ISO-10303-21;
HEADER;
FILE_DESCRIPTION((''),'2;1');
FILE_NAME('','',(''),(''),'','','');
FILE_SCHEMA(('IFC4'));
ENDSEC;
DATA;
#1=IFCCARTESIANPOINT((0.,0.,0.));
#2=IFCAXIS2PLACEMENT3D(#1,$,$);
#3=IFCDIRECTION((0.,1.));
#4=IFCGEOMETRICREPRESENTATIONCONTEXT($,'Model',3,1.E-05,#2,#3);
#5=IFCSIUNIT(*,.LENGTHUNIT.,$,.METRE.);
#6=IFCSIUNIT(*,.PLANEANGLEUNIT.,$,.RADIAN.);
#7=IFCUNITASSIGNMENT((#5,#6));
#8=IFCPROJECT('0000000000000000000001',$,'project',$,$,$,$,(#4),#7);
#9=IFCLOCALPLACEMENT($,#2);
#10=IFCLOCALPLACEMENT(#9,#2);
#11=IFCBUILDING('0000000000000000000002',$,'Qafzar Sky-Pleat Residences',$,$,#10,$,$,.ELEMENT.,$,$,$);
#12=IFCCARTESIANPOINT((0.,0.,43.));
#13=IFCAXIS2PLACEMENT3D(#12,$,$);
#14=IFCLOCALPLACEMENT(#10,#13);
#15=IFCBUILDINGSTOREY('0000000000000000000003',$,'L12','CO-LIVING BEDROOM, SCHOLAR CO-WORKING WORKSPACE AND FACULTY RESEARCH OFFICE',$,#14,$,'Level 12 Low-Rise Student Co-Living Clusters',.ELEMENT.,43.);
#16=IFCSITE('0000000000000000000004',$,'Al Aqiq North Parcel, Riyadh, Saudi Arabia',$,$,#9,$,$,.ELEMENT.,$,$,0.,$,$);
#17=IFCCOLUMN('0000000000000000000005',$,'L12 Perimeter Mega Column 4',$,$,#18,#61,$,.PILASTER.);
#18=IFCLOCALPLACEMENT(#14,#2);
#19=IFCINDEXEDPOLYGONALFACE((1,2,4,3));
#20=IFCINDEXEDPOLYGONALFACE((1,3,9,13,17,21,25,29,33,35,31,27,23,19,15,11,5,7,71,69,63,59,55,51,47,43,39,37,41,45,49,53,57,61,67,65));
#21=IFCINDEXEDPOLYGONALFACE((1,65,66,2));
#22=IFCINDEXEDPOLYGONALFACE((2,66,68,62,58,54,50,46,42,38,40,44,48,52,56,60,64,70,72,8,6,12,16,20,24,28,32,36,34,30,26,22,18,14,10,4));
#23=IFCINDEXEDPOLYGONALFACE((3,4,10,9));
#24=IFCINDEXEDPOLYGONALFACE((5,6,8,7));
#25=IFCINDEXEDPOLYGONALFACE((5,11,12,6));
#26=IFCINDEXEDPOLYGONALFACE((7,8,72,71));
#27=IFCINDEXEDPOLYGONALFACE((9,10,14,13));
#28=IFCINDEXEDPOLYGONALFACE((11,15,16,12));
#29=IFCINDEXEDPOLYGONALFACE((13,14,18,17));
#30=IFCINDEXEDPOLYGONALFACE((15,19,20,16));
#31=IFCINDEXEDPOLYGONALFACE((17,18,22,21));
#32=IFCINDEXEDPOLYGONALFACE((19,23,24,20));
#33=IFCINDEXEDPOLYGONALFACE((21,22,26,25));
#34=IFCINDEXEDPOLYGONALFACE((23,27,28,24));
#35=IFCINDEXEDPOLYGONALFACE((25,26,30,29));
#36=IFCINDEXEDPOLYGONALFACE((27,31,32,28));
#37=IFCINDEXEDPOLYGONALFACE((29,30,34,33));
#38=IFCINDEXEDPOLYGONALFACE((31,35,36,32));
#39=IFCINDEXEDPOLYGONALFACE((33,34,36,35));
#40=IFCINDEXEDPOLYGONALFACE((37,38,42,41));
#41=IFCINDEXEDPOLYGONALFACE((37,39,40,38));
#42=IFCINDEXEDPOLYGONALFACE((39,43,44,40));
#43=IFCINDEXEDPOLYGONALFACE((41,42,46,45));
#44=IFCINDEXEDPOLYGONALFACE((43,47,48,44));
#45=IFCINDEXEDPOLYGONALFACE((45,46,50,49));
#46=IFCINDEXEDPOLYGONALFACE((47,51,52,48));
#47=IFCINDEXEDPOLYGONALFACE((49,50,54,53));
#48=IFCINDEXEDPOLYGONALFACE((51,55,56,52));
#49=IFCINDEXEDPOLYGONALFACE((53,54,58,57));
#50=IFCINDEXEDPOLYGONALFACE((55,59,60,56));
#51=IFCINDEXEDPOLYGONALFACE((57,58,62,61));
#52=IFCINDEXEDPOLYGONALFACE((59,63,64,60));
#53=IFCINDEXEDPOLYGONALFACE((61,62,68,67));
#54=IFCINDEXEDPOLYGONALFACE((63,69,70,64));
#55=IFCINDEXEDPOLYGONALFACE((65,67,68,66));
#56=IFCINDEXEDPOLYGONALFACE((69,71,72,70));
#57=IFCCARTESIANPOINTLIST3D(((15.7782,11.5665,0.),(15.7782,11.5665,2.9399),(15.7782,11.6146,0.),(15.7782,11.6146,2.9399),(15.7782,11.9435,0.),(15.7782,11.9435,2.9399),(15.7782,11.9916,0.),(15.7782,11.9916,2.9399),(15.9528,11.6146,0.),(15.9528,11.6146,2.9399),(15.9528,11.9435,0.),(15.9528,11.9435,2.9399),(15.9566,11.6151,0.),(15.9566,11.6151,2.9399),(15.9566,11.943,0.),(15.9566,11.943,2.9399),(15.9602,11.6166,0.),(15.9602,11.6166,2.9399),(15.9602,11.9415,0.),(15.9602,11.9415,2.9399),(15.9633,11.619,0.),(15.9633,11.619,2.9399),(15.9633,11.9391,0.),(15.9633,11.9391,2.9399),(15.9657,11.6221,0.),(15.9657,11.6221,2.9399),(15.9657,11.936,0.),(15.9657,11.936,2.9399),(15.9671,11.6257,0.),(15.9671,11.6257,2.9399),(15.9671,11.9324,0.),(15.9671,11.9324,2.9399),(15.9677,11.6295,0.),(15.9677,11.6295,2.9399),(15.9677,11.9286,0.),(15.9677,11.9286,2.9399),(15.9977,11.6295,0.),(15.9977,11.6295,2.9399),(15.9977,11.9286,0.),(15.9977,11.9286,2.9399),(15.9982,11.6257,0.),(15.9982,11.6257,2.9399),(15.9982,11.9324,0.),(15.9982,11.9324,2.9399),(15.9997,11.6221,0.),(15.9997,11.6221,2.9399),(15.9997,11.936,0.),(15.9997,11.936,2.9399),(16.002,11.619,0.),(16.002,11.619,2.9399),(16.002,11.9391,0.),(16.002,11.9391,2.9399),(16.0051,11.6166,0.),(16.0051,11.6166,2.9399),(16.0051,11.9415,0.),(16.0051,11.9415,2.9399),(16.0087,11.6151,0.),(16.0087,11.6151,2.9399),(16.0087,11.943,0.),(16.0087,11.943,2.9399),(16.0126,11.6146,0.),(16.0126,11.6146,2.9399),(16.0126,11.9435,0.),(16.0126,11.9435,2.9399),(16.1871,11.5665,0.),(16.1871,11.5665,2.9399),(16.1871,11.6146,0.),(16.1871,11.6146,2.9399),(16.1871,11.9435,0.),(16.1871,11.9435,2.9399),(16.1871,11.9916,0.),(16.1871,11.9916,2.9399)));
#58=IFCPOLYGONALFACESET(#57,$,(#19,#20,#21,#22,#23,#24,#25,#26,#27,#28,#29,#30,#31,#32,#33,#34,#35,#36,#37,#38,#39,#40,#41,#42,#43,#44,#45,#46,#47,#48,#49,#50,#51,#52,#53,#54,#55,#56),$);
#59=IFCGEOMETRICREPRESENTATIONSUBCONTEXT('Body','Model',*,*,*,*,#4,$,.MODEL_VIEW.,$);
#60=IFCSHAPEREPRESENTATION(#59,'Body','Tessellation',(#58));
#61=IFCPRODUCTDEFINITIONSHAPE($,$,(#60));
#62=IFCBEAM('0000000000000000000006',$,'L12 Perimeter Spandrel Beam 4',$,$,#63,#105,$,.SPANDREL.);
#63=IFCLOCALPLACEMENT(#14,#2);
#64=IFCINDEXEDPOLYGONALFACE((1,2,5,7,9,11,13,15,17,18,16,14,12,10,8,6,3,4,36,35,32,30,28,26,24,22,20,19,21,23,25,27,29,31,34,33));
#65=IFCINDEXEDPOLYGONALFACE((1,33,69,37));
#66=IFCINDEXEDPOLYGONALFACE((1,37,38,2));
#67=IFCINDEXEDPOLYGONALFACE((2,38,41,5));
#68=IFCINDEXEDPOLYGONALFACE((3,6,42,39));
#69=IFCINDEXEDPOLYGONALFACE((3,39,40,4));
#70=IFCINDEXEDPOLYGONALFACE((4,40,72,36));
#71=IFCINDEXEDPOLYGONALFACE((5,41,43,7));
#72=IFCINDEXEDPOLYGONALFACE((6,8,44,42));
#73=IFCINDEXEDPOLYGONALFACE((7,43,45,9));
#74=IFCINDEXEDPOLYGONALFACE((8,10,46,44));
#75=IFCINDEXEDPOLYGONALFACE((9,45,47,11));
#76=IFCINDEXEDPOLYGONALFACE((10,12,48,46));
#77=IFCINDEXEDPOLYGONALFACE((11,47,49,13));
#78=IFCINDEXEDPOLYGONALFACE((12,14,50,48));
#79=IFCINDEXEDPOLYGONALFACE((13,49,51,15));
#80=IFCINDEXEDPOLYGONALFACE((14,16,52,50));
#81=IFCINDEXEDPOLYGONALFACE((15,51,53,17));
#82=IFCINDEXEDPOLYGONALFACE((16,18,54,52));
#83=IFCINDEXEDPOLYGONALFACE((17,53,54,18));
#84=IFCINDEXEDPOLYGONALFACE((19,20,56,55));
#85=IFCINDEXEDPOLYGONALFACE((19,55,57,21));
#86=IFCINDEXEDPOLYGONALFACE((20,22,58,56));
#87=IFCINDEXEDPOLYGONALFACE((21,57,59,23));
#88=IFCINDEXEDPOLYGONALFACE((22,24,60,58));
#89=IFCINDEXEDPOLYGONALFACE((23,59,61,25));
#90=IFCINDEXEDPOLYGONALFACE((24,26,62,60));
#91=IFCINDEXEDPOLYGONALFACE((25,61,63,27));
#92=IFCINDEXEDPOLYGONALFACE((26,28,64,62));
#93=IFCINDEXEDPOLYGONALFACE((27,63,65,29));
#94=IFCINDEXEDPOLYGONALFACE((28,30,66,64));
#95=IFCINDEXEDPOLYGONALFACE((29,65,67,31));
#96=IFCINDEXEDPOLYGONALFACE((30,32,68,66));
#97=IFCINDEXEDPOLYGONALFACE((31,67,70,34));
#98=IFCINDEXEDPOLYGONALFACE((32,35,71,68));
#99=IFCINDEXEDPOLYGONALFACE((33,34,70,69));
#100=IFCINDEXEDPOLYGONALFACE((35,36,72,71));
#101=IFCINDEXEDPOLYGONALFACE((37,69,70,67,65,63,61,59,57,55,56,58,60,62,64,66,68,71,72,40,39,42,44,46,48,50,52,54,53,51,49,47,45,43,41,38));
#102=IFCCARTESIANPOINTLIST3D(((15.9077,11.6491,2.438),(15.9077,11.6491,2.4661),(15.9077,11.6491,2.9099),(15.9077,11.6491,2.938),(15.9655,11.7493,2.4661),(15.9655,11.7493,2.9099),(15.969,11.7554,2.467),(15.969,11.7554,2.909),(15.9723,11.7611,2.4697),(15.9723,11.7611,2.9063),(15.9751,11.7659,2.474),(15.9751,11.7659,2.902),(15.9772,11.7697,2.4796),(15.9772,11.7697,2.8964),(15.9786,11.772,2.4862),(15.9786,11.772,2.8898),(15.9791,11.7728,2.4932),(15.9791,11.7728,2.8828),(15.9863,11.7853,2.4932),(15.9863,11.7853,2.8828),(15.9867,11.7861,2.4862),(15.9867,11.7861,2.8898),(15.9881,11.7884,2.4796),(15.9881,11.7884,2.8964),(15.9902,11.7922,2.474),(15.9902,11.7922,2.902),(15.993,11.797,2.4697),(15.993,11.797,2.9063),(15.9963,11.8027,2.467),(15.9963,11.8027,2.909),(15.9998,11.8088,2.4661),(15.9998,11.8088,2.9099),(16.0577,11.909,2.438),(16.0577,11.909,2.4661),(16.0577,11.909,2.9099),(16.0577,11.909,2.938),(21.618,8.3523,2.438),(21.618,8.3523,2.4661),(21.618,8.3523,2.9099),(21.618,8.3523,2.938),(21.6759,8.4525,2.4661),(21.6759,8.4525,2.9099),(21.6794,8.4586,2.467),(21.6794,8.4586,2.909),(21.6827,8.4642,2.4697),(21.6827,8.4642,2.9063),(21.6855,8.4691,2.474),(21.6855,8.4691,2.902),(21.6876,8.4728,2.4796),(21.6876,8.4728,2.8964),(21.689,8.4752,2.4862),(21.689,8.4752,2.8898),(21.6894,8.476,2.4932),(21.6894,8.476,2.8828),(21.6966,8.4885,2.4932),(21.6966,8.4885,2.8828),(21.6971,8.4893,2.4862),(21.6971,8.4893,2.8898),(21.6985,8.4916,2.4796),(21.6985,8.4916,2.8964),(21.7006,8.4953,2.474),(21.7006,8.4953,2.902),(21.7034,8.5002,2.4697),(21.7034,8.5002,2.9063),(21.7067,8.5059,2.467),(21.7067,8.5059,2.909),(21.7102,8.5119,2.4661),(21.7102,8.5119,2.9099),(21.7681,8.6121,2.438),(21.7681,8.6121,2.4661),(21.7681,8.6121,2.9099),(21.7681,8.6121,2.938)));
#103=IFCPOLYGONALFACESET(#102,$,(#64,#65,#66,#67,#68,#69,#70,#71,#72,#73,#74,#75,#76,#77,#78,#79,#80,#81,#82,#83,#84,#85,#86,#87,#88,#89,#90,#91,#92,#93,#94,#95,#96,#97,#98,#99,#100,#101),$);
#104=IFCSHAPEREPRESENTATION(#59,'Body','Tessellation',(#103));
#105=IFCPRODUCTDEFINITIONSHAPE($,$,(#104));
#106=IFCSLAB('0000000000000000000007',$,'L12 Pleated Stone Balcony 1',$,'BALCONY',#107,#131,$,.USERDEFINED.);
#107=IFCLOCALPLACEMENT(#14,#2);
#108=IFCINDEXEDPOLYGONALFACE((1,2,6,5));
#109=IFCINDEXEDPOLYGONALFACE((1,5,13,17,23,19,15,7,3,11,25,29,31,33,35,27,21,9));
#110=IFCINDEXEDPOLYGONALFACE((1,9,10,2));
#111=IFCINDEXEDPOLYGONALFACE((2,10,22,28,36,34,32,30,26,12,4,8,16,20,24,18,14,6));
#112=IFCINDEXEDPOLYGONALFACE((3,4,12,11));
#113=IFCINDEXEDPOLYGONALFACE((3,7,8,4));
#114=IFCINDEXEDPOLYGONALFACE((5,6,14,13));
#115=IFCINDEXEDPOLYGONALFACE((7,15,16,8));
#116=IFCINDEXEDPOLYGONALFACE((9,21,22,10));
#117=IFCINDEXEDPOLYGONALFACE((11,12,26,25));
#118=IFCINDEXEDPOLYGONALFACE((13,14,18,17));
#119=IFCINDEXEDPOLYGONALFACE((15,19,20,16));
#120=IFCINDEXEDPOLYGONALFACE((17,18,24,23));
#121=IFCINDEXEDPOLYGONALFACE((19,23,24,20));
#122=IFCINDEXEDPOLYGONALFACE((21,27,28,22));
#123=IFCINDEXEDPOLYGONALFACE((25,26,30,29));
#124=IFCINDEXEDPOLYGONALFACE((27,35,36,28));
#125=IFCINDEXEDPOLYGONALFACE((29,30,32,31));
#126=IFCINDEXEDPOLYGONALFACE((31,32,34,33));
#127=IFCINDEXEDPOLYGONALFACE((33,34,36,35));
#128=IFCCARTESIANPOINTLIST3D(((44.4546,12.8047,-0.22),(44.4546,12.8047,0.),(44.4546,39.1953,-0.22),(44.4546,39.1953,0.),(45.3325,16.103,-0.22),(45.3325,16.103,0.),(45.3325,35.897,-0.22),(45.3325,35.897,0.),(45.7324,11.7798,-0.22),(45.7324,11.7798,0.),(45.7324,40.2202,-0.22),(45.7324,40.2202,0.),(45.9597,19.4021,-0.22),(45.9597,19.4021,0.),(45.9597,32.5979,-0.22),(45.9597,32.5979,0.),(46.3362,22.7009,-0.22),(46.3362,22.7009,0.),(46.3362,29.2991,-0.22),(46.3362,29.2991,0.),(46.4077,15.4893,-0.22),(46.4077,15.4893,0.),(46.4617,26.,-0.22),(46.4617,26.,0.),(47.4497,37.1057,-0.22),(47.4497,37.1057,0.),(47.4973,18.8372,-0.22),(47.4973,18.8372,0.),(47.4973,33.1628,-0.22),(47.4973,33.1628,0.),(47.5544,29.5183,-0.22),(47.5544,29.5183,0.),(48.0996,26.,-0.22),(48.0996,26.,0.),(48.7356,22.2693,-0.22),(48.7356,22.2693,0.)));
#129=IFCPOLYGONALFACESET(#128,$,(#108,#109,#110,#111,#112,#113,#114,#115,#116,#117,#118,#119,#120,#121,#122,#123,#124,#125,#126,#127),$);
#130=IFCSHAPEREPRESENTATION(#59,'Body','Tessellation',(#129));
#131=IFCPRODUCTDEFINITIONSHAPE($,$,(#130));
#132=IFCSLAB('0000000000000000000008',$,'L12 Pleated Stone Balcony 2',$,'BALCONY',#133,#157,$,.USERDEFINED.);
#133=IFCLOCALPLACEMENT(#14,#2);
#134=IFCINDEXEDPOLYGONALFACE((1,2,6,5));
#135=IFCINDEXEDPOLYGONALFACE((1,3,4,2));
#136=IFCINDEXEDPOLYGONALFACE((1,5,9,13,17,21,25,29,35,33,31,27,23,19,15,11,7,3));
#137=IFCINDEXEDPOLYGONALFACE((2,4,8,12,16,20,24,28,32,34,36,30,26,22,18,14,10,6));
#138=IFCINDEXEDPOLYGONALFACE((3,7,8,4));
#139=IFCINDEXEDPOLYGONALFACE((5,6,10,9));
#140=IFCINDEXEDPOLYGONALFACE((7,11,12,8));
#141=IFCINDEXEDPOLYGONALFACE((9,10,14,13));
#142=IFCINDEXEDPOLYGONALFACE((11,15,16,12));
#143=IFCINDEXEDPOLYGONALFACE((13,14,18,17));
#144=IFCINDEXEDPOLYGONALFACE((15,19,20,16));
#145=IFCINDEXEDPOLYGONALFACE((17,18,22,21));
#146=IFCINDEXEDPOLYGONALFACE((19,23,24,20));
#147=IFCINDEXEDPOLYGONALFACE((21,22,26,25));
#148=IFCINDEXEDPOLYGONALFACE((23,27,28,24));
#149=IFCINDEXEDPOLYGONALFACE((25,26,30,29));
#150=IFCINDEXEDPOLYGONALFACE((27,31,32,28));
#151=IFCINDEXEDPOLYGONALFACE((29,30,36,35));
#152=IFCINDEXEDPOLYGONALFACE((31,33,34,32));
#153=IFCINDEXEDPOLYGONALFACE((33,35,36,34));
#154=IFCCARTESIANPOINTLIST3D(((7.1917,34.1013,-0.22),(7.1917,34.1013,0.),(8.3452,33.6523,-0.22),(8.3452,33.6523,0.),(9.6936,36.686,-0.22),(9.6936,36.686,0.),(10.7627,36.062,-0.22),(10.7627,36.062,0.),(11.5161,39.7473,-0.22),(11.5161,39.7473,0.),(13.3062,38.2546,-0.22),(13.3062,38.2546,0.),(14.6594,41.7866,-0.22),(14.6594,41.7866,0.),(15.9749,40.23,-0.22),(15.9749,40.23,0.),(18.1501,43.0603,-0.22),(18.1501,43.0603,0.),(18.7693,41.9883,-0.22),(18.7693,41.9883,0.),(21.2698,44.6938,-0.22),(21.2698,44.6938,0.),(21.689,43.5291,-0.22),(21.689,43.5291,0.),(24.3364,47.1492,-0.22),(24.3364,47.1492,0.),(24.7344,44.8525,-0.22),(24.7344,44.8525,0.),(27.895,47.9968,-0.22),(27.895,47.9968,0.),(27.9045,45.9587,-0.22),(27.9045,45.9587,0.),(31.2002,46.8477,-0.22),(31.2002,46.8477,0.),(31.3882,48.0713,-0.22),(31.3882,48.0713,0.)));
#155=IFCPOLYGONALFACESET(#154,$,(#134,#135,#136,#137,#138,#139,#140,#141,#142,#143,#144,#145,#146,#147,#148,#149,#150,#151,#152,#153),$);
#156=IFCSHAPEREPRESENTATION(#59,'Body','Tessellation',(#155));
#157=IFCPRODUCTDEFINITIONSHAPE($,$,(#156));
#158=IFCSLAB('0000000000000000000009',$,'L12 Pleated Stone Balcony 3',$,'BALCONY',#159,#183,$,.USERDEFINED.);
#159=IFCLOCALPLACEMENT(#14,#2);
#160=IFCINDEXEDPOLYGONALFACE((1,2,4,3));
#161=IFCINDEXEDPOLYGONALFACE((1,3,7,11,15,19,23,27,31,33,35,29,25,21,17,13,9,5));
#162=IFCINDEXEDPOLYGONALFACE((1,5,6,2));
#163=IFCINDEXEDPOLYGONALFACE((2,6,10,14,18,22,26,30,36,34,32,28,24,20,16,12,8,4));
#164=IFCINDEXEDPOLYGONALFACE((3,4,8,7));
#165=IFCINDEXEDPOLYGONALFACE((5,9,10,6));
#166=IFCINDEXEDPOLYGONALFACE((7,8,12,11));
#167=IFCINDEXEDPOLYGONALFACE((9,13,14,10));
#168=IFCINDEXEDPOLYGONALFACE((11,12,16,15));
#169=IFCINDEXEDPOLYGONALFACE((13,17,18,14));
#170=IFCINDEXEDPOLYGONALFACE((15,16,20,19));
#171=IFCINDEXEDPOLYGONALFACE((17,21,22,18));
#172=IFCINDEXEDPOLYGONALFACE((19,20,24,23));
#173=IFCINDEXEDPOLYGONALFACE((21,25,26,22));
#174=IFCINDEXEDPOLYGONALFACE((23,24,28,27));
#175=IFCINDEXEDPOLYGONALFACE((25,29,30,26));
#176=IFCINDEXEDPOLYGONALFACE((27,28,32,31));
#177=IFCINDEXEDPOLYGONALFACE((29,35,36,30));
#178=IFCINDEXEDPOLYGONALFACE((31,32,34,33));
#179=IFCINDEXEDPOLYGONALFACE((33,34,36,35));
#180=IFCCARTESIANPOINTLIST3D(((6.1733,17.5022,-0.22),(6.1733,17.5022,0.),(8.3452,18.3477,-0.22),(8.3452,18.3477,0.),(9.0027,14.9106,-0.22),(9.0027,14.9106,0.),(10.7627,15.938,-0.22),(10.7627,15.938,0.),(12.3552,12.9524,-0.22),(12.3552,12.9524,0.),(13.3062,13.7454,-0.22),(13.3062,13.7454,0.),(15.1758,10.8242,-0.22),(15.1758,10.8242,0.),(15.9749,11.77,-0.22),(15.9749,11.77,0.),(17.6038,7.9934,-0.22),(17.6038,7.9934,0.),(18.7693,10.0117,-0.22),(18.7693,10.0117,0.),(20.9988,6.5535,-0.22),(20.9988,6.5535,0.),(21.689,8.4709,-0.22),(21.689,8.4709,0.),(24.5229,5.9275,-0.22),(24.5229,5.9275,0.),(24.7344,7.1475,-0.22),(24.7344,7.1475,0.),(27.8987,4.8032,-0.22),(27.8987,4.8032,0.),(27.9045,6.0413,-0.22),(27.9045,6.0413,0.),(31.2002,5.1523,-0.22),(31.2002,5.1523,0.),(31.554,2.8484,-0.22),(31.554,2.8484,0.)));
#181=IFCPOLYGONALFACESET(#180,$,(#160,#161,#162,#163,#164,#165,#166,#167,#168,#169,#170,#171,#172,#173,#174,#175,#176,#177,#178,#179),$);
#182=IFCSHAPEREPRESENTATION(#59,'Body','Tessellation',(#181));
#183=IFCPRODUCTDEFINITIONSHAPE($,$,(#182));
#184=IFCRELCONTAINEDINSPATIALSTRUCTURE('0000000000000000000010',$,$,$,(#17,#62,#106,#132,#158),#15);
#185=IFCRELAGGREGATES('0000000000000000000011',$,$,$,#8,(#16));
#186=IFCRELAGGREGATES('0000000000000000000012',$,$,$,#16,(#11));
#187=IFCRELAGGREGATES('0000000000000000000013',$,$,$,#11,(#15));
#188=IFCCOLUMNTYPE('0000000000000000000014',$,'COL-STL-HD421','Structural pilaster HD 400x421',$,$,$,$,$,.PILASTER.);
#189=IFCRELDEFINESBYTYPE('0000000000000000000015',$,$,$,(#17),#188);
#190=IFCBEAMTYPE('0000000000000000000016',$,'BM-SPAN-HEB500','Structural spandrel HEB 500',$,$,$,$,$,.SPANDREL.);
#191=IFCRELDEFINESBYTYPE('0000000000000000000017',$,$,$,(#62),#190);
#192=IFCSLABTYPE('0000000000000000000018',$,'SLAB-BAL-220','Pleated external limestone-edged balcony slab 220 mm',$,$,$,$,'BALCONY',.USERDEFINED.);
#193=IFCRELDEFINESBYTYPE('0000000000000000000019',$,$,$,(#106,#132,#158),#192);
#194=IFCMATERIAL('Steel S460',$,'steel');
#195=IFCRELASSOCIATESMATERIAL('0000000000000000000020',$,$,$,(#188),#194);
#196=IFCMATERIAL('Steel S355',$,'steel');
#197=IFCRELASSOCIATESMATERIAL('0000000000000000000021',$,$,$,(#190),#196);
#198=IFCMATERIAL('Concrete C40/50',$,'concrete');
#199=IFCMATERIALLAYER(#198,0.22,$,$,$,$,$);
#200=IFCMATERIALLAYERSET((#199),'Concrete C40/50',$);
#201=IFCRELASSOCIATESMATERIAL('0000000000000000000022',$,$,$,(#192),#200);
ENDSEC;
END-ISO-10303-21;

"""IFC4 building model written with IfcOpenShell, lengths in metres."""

from ifc_helpers import new_model, si_unit, direction, frame, origin, origin_2d, place, context, subcontext, project, spatial, polyline, i_section, outline, extrude, source, transform, mapped, material, layer, layer_set, material_profile, profile_set, type_object, element, save


model = new_model("IFC4")

# Units and contexts
model_context = context("Model", 3, precision=1e-05, world=origin(), true_north=direction((0.0, 1.0)))
body_context = subcontext(model_context, "Body", "Model", "MODEL_VIEW")
ifc_project = project(units=[si_unit("LENGTHUNIT", "METRE"), si_unit("PLANEANGLEUNIT", "RADIAN")], contexts=[model_context])

# Site, building, storey
site_placement = place(None, origin())
site = spatial("IfcSite", under=ifc_project, at=site_placement, Name="Al Aqiq North Parcel, Riyadh, Saudi Arabia", CompositionType="ELEMENT", RefElevation=0.0)
building_placement = place(site_placement, origin())
building = spatial("IfcBuilding", under=site, at=building_placement, Name="Qafzar Sky-Pleat Residences", CompositionType="ELEMENT")
storey_placement = place(building_placement, frame((0.0, 0.0, 43.0)))
storey = spatial("IfcBuildingStorey", under=building, at=storey_placement, Name="L12", Description="CO-LIVING BEDROOM, SCHOLAR CO-WORKING WORKSPACE AND FACULTY RESEARCH OFFICE", LongName="Level 12 Low-Rise Student Co-Living Clusters", CompositionType="ELEMENT", Elevation=43.0)

# Column
ifc_material_1 = material(Name="Steel S460", Category="steel")
ifc_material_profile_1 = material_profile(ifc_material_1, i_section(OverallWidth=0.4089, OverallDepth=0.425, WebThickness=0.03, FlangeThickness=0.0481, FilletRadius=0.0149, at=origin_2d()), Name="HD 400x421")
ifc_profile_set_1 = profile_set([ifc_material_profile_1], Name="Steel S460")
column_type = type_object("IfcColumnType", Name="COL-STL-HD421", Description="Structural pilaster HD 400x421", PredefinedType="PILASTER", material=ifc_profile_set_1)
shared_shape_1 = source(origin(), body_context, "Body", "SweptSolid", [
    extrude(i_section(OverallWidth=0.4089, OverallDepth=0.425, WebThickness=0.03, FlangeThickness=0.0481, FilletRadius=0.0149, at=origin_2d()), origin(), (0.0, 0.0, 1.0), 2.9399),
])
column_placement = place(storey_placement, frame((15.9827, 11.7791, 0.0), z_axis=(0.0, 0.0, 1.0), x_axis=(1.0, 0.0, 0.0)))
element("IfcColumn", 1, at=column_placement, inside=storey, type_object=column_type, Name="L12 Perimeter Mega Column 4", PredefinedType="PILASTER", context=body_context, shape_type="MappedRepresentation", body=[
    mapped(shared_shape_1, transform((0.0, 0.0, 0.0), x_axis=(1.0, 0.0, 0.0), y_axis=(0.0, 1.0, 0.0), z_axis=(0.0, 0.0, 1.0), scale=1.0)),
])

# Beam
ifc_material_2 = material(Name="Steel S355", Category="steel")
ifc_material_profile_2 = material_profile(ifc_material_2, i_section(OverallWidth=0.3, OverallDepth=0.5, WebThickness=0.0144, FlangeThickness=0.0281, FilletRadius=0.0271, at=origin_2d()), Name="HEB 500")
ifc_profile_set_2 = profile_set([ifc_material_profile_2], Name="Steel S355")
beam_type = type_object("IfcBeamType", Name="BM-SPAN-HEB500", Description="Structural spandrel HEB 500", PredefinedType="SPANDREL", material=ifc_profile_set_2)
shared_shape_2 = source(origin(), body_context, "Body", "SweptSolid", [
    extrude(i_section(OverallWidth=0.3, OverallDepth=0.5, WebThickness=0.0144, FlangeThickness=0.0281, FilletRadius=0.0271, at=origin_2d()), origin(), (0.0, 0.0, 1.0), 6.5938),
])
beam_placement = place(storey_placement, frame((15.9827, 11.7791, 2.688), z_axis=(0.866029, -0.499994, 0.0), x_axis=(0.499994, 0.866029, 0.0)))
element("IfcBeam", 2, at=beam_placement, inside=storey, type_object=beam_type, Name="L12 Perimeter Spandrel Beam 4", PredefinedType="SPANDREL", context=body_context, shape_type="MappedRepresentation", body=[
    mapped(shared_shape_2, transform((0.0, 0.0, 0.0), x_axis=(1.0, 0.0, 0.0), y_axis=(0.0, 1.0, 0.0), z_axis=(0.0, 0.0, 1.0), scale=1.0)),
])

# Slabs
ifc_material_3 = material(Name="Concrete C40/50", Category="concrete")
ifc_layer_1 = layer(ifc_material_3, 0.22)
ifc_layer_set_1 = layer_set([ifc_layer_1], Name="Concrete C40/50")
slab_type_1 = type_object("IfcSlabType", Name="SLAB-BAL-220", Description="Pleated external limestone-edged balcony slab 220 mm", ElementType="BALCONY", PredefinedType="USERDEFINED", material=ifc_layer_set_1)
slab_1_placement = place(storey_placement, frame((0.0, 0.0, -0.22)))
element("IfcSlab", 3, at=slab_1_placement, inside=storey, type_object=slab_type_1, Name="L12 Pleated Stone Balcony 1", ObjectType="BALCONY", PredefinedType="USERDEFINED", context=body_context, shape_type="SweptSolid", body=[
    extrude(outline(polyline([(45.3325, 16.103), (45.9597, 19.4021), (46.3362, 22.7009), (46.4617, 26.0), (46.3362, 29.2991), (45.9597, 32.5979), (45.3325, 35.897), (44.4546, 39.1953), (45.7324, 40.2202), (47.4497, 37.1057), (47.4973, 33.1628), (47.5544, 29.5183), (48.0996, 26.0), (48.7356, 22.2693), (47.4973, 18.8372), (46.4077, 15.4893), (45.7324, 11.7798), (44.4546, 12.8047), (45.3325, 16.103)])), origin(), (0.0, 0.0, 1.0), 0.22),
])
slab_2_placement = place(storey_placement, frame((0.0, 0.0, -0.22)))
element("IfcSlab", 4, at=slab_2_placement, inside=storey, type_object=slab_type_1, Name="L12 Pleated Stone Balcony 2", ObjectType="BALCONY", PredefinedType="USERDEFINED", context=body_context, shape_type="SweptSolid", body=[
    extrude(outline(polyline([(27.9045, 45.9587), (24.7344, 44.8525), (21.689, 43.5291), (18.7693, 41.9883), (15.9749, 40.23), (13.3062, 38.2546), (10.7627, 36.062), (8.3452, 33.6523), (7.1917, 34.1013), (9.6936, 36.686), (11.5161, 39.7473), (14.6594, 41.7866), (18.1501, 43.0603), (21.2698, 44.6938), (24.3364, 47.1492), (27.895, 47.9968), (31.3882, 48.0713), (31.2002, 46.8477), (27.9045, 45.9587)])), origin(), (0.0, 0.0, 1.0), 0.22),
])
slab_3_placement = place(storey_placement, frame((0.0, 0.0, -0.22)))
element("IfcSlab", 5, at=slab_3_placement, inside=storey, type_object=slab_type_1, Name="L12 Pleated Stone Balcony 3", ObjectType="BALCONY", PredefinedType="USERDEFINED", context=body_context, shape_type="SweptSolid", body=[
    extrude(outline(polyline([(10.7627, 15.938), (13.3062, 13.7454), (15.9749, 11.77), (18.7693, 10.0117), (21.689, 8.4709), (24.7344, 7.1475), (27.9045, 6.0413), (31.2002, 5.1523), (31.554, 2.8484), (27.8987, 4.8032), (24.5229, 5.9275), (20.9988, 6.5535), (17.6038, 7.9934), (15.1758, 10.8242), (12.3552, 12.9524), (9.0027, 14.9106), (6.1733, 17.5022), (8.3452, 18.3477), (10.7627, 15.938)])), origin(), (0.0, 0.0, 1.0), 0.22),
])

save(model, "model.ifc")
